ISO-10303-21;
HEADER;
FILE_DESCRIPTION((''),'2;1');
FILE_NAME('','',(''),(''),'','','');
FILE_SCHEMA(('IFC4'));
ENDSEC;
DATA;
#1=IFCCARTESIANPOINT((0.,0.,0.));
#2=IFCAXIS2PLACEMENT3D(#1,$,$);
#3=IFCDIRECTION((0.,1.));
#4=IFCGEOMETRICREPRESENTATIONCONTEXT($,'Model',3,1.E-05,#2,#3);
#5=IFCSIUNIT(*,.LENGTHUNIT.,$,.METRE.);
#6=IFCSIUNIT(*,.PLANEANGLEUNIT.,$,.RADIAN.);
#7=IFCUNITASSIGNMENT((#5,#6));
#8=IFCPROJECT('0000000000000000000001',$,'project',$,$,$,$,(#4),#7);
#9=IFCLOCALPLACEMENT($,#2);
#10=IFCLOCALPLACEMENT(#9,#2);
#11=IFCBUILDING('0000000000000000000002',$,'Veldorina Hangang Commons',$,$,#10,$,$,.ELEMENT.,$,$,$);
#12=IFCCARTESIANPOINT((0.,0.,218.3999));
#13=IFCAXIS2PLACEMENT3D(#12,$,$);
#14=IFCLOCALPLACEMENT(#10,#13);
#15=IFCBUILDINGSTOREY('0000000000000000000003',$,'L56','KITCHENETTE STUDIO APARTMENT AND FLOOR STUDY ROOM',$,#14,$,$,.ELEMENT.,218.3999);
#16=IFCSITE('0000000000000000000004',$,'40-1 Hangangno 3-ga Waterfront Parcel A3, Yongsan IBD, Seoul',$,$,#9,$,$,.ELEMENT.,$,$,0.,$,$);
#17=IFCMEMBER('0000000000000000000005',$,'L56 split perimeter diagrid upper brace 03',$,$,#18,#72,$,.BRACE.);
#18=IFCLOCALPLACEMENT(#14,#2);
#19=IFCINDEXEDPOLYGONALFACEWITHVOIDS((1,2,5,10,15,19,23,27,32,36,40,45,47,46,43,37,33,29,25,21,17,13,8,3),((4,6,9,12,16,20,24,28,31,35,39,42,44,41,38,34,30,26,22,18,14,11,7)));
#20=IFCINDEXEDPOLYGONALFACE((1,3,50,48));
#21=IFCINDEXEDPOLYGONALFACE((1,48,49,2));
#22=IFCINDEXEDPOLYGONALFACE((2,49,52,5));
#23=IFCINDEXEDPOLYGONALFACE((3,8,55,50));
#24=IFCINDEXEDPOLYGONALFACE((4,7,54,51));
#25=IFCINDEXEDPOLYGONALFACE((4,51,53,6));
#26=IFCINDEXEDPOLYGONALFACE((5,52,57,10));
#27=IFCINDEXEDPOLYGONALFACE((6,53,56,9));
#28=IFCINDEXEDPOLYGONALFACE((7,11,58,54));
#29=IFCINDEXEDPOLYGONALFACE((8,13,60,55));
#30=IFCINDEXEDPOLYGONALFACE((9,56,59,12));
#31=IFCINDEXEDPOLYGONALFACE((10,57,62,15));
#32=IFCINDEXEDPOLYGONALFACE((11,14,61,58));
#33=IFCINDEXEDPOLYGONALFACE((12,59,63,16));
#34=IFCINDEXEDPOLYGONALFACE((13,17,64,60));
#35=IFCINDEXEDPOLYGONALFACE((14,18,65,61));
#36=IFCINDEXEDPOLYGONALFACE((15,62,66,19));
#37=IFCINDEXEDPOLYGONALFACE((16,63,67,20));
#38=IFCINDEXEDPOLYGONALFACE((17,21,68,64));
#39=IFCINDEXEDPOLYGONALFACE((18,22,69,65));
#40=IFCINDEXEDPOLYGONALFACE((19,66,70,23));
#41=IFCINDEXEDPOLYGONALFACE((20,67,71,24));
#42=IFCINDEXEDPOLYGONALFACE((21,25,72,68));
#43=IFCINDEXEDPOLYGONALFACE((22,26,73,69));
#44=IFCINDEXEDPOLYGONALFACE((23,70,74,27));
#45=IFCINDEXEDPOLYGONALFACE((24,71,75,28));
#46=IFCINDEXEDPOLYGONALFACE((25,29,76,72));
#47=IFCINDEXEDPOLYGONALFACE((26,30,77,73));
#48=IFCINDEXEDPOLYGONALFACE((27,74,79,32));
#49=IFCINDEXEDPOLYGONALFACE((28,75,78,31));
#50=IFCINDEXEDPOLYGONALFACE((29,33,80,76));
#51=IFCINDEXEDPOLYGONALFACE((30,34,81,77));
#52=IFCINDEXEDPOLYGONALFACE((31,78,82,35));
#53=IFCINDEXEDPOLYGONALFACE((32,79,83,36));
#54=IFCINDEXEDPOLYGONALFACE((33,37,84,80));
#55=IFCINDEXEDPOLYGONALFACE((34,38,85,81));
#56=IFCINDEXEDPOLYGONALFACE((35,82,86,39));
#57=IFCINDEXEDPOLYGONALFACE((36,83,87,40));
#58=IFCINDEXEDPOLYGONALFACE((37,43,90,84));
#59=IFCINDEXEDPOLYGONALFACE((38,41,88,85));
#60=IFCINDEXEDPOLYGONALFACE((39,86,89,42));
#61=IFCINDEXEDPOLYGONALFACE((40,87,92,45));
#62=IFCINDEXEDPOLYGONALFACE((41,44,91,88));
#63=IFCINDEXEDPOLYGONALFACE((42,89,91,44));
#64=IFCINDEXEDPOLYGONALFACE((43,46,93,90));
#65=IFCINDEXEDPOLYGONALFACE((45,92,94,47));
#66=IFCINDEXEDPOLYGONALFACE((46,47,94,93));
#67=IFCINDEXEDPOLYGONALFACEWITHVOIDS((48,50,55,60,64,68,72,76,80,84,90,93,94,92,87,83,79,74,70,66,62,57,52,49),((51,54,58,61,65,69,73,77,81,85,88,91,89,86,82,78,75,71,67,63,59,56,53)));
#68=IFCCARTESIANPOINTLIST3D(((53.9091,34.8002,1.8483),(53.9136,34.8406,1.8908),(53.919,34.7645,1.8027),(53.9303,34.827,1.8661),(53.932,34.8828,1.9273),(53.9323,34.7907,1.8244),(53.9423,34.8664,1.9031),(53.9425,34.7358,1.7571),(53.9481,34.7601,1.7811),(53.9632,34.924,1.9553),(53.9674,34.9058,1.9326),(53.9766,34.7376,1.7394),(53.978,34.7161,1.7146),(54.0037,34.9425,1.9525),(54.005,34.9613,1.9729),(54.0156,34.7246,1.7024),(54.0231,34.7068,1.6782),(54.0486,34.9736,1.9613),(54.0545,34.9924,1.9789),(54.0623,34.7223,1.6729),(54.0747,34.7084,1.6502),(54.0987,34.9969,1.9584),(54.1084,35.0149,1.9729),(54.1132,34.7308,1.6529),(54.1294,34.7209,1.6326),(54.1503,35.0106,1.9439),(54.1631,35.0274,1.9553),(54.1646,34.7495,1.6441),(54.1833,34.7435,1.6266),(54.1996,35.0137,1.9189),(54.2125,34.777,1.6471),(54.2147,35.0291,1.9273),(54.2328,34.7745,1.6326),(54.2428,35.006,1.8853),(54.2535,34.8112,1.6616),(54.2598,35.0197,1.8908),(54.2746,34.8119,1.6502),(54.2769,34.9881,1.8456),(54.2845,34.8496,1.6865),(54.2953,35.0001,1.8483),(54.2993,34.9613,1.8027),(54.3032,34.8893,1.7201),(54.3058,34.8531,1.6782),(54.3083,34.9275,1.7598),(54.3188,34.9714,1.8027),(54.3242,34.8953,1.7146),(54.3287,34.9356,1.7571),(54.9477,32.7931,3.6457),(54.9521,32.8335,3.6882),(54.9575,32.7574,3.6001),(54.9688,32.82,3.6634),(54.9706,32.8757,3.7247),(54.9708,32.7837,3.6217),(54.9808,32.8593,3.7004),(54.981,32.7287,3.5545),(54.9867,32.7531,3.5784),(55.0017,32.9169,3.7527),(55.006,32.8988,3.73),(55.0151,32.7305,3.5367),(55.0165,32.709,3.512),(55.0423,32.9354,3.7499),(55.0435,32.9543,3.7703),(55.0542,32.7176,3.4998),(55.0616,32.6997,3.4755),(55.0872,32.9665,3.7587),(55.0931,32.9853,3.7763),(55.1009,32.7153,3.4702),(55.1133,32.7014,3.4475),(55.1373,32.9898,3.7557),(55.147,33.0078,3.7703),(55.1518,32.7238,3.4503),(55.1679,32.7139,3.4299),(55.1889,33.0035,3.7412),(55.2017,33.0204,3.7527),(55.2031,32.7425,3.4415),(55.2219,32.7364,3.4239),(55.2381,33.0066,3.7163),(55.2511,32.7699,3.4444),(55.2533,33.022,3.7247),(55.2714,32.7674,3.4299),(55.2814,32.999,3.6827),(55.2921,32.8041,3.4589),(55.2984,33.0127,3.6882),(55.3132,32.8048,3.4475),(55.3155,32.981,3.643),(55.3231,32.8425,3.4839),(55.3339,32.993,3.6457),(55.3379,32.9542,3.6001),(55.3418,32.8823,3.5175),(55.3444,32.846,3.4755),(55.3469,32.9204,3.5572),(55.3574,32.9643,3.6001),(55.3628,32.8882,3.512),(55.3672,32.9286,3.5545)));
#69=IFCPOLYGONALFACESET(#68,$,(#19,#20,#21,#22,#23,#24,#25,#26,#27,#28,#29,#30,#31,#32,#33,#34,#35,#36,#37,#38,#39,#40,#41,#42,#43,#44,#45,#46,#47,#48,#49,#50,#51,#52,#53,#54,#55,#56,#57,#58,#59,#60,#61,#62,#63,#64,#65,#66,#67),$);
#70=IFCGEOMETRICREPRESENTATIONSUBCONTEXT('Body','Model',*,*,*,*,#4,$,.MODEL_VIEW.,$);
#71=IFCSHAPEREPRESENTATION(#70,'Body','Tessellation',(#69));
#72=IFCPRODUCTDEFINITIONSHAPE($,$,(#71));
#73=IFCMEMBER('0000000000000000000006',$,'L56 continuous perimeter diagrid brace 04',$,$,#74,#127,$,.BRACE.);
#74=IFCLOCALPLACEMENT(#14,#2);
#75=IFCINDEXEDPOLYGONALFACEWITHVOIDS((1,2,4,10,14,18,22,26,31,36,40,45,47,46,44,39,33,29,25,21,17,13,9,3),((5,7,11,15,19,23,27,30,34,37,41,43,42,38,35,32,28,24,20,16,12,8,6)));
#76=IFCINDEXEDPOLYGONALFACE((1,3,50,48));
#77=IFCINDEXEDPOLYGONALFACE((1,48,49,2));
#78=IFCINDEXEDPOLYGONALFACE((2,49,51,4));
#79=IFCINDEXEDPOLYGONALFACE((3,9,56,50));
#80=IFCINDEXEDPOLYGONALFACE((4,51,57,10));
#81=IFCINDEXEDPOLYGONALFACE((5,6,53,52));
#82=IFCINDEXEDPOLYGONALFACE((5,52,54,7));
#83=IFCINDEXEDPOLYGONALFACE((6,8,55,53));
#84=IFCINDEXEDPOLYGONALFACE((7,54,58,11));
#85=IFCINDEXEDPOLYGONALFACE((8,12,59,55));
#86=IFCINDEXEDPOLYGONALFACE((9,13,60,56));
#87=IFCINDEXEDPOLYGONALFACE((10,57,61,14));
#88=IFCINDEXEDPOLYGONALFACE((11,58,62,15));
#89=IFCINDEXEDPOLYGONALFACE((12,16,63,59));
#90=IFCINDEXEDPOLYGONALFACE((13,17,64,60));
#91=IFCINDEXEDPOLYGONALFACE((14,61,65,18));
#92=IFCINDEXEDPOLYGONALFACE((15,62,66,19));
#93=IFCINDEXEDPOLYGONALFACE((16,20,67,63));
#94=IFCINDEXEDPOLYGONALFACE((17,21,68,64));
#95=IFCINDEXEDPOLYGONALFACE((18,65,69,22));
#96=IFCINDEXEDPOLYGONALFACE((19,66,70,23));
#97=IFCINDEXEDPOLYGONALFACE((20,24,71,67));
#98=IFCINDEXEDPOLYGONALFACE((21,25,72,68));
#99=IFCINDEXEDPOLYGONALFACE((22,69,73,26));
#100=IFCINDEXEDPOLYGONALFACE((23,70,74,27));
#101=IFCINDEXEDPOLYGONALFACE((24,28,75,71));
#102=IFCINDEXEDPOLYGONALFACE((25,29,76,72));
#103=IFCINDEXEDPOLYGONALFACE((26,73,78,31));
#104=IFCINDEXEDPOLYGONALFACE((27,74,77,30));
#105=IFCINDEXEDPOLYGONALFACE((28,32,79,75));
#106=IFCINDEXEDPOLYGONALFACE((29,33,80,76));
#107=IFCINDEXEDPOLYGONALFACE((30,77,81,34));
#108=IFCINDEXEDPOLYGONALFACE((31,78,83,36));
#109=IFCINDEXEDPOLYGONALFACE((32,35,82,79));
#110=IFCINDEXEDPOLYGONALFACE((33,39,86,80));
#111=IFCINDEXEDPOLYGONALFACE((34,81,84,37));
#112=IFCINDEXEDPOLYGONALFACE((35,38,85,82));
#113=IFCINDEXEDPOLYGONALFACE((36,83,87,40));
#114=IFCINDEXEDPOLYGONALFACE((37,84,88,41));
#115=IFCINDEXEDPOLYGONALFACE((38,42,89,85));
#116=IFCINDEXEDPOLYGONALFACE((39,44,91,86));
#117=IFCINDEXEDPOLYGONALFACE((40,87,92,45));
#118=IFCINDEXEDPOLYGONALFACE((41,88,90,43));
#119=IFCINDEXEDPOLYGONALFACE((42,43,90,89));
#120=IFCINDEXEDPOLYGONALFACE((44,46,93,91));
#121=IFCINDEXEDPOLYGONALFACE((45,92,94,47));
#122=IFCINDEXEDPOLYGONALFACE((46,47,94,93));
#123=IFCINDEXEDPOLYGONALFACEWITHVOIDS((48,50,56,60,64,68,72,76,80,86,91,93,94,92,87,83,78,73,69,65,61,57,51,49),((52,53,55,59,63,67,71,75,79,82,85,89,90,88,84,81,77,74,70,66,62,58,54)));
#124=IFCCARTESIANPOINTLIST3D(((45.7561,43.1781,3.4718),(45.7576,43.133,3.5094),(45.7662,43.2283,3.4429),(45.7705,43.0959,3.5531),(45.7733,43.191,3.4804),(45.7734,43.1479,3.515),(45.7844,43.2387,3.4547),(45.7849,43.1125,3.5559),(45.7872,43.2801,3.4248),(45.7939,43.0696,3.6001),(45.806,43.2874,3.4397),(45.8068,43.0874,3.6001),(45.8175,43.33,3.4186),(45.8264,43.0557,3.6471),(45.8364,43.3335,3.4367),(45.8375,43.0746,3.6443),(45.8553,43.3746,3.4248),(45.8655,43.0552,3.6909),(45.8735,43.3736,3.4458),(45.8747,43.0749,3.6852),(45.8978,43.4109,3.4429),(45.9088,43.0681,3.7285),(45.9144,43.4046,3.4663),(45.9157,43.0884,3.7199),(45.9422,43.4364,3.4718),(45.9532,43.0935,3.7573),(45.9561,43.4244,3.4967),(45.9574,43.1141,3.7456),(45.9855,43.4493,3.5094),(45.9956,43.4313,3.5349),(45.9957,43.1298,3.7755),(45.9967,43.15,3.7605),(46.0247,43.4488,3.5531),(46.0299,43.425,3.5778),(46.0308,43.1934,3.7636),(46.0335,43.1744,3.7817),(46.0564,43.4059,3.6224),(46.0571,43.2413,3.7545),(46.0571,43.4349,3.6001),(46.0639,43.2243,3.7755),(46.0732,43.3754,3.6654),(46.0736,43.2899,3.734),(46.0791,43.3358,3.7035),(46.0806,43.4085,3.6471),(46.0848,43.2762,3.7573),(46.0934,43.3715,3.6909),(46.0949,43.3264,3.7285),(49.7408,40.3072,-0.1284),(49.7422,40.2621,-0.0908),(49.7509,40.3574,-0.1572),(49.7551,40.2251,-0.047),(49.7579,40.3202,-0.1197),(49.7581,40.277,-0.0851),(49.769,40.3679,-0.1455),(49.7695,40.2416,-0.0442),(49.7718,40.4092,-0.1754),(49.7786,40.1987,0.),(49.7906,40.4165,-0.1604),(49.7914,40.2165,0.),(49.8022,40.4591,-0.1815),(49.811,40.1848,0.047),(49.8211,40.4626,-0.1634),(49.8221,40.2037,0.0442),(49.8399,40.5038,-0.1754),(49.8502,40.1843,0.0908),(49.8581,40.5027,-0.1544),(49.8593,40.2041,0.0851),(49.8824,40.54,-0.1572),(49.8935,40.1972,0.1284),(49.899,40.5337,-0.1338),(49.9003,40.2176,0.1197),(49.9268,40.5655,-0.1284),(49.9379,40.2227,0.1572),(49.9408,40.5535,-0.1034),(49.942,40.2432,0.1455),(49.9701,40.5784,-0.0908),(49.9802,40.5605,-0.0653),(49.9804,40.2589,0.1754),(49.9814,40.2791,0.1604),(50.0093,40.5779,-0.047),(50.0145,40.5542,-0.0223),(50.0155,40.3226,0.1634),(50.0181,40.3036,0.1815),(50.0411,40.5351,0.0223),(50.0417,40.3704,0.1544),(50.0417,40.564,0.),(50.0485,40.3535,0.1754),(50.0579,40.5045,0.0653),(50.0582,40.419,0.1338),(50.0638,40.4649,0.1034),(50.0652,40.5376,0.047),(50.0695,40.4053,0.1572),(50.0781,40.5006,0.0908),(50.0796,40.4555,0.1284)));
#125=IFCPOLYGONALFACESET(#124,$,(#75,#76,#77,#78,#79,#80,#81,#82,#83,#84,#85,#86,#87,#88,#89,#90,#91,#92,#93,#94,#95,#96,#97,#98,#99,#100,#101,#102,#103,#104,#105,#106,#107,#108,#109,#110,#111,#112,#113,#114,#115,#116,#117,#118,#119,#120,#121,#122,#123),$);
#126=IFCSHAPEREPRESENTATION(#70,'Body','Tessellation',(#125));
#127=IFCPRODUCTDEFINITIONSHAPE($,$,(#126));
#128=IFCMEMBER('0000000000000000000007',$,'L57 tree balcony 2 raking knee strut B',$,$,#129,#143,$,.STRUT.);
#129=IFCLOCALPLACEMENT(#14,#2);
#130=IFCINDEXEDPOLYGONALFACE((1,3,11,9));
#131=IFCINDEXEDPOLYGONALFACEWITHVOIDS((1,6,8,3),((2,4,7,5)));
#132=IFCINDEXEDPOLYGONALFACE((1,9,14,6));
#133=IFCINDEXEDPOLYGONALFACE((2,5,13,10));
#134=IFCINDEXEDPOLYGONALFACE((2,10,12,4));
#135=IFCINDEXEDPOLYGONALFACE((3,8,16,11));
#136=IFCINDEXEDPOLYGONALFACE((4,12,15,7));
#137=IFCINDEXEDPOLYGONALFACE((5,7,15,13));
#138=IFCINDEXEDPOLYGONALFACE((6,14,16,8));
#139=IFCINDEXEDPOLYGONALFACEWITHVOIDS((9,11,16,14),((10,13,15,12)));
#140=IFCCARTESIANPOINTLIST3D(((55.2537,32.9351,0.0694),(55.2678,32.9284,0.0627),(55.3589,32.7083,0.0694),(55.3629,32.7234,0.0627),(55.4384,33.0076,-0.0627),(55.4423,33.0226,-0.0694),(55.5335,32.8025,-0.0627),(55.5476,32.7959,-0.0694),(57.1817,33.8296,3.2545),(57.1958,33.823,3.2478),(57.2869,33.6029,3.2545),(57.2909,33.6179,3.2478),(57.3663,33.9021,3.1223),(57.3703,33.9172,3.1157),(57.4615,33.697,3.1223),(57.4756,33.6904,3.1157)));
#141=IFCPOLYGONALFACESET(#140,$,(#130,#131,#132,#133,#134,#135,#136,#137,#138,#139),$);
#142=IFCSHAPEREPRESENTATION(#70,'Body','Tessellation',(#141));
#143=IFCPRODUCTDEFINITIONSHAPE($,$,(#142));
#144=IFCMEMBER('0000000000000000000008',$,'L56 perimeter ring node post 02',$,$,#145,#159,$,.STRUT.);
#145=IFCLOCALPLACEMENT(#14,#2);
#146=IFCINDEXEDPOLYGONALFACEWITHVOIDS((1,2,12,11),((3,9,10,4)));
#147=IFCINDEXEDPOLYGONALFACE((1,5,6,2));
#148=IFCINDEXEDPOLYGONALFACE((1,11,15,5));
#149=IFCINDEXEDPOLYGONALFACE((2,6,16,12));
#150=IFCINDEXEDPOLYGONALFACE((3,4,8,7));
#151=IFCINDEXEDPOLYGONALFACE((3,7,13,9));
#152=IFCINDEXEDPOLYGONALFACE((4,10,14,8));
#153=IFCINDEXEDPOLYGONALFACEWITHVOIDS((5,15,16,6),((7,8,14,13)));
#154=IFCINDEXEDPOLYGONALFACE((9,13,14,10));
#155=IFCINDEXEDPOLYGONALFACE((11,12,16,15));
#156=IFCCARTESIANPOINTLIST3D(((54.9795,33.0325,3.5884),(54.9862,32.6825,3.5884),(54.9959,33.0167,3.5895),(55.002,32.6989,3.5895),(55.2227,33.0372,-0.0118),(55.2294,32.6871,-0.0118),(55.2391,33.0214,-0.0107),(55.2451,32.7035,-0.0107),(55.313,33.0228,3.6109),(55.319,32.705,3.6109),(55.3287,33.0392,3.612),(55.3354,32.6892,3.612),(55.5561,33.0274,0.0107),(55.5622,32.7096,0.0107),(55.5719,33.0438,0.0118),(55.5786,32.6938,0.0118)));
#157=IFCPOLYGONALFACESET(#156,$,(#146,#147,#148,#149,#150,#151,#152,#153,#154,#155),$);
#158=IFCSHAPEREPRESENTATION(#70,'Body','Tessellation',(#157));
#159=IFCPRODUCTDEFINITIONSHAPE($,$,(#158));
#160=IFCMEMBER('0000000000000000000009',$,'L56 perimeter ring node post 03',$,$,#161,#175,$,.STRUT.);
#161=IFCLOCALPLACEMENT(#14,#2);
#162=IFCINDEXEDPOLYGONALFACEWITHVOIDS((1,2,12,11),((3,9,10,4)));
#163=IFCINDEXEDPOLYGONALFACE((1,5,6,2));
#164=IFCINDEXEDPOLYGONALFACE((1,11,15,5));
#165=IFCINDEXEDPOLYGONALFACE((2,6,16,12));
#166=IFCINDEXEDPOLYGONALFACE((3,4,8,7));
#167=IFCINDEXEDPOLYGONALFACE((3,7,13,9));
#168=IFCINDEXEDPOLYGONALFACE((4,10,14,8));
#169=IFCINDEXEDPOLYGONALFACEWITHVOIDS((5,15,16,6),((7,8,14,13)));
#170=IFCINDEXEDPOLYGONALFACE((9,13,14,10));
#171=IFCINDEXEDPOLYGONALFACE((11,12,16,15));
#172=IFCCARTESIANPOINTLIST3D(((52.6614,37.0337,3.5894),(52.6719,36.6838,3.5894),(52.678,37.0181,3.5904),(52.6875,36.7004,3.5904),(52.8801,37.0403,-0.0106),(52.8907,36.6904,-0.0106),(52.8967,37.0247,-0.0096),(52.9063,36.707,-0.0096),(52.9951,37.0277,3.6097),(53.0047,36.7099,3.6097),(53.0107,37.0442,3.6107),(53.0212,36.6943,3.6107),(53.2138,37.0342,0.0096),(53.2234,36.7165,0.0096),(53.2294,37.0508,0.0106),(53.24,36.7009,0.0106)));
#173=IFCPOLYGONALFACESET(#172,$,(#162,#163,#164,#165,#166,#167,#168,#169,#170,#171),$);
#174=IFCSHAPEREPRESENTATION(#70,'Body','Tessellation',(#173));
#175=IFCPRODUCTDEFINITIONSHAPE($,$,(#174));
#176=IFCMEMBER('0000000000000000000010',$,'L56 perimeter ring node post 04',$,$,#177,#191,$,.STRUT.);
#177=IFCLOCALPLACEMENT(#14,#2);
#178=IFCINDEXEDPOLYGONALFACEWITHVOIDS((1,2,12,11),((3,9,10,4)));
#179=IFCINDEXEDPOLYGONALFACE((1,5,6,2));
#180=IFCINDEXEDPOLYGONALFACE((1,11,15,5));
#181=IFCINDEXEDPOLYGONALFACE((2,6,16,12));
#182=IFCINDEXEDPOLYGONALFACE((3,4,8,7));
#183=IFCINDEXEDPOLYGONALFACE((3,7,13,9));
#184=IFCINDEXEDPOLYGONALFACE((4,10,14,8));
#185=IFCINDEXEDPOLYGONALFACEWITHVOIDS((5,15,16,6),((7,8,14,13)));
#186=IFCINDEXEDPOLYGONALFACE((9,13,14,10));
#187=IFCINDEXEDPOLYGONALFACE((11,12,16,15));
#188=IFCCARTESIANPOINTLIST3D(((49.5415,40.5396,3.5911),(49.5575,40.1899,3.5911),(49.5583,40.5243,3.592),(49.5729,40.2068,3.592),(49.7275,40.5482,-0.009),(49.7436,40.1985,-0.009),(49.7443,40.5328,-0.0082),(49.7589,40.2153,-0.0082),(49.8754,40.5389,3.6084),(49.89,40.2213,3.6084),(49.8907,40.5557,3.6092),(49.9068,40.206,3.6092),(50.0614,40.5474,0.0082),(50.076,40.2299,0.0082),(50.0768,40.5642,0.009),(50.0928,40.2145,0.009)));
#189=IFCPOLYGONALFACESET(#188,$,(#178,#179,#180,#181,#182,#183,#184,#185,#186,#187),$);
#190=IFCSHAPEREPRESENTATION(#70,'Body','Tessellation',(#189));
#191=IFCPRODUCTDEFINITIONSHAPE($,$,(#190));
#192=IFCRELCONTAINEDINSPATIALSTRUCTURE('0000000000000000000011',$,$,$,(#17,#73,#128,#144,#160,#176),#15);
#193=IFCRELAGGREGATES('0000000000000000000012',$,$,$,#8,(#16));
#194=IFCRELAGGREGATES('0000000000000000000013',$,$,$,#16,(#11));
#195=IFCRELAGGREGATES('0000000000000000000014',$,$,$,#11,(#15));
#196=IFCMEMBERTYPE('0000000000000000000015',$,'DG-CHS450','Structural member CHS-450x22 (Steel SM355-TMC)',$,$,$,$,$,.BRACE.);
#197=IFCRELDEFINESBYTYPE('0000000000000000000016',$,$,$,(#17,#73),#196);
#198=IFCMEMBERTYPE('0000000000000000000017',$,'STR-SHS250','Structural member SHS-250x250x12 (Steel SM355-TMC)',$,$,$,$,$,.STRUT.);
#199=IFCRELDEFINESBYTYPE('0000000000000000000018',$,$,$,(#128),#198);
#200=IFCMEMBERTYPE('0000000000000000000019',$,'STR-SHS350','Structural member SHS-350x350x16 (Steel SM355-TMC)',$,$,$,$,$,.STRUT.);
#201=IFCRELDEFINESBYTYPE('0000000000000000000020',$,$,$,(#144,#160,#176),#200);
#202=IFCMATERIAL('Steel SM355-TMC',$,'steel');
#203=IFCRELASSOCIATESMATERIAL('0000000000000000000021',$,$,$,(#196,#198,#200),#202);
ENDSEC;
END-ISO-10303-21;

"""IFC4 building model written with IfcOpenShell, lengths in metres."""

from ifc_helpers import new_model, si_unit, direction, frame, origin, origin_2d, place, context, subcontext, project, spatial, hollow_rectangle, hollow_circle, extrude, material, material_profile, profile_set, type_object, element, save


model = new_model("IFC4")

# Units and contexts
model_context = context("Model", 3, precision=1e-05, world=origin(), true_north=direction((0.0, 1.0)))
body_context = subcontext(model_context, "Body", "Model", "MODEL_VIEW")
ifc_project = project(units=[si_unit("LENGTHUNIT", "METRE"), si_unit("PLANEANGLEUNIT", "RADIAN")], contexts=[model_context])

# Site, building, storey
site_placement = place(None, origin())
site = spatial("IfcSite", under=ifc_project, at=site_placement, Name="40-1 Hangangno 3-ga Waterfront Parcel A3, Yongsan IBD, Seoul", CompositionType="ELEMENT", RefElevation=0.0)
building_placement = place(site_placement, origin())
building = spatial("IfcBuilding", under=site, at=building_placement, Name="Veldorina Hangang Commons", CompositionType="ELEMENT")
storey_placement = place(building_placement, frame((0.0, 0.0, 218.3999)))
storey = spatial("IfcBuildingStorey", under=building, at=storey_placement, Name="L56", Description="KITCHENETTE STUDIO APARTMENT AND FLOOR STUDY ROOM", CompositionType="ELEMENT", Elevation=218.3999)

# Shared definitions
ifc_material_1 = material(Name="Steel SM355-TMC", Category="steel")

# Members
ifc_material_profile_1 = material_profile(ifc_material_1, hollow_circle(Radius=0.2251, WallThickness=0.022, at=origin_2d()), Name="CHS-450x22")
ifc_profile_set_1 = profile_set([ifc_material_profile_1], Name="Steel SM355-TMC")
member_type_1 = type_object("IfcMemberType", Name="DG-CHS450", Description="Structural member CHS-450x22 (Steel SM355-TMC)", PredefinedType="BRACE", material=ifc_profile_set_1)
member_1_placement = place(storey_placement, frame((54.1189, 34.8679, 1.8027), z_axis=(0.359682, -0.695098, 0.622468), x_axis=(0.88814, 0.459573, 0.0)))
element("IfcMember", 1, at=member_1_placement, inside=storey, type_object=member_type_1, Name="L56 split perimeter diagrid upper brace 03", PredefinedType="BRACE", context=body_context, shape_type="SweptSolid", body=[
    extrude(hollow_circle(Radius=0.2251, WallThickness=0.022, at=origin_2d()), origin(), (0.0, 0.0, 1.0), 2.8875),
])
member_2_placement = place(storey_placement, frame((49.9102, 40.3813, 0.0), z_axis=(-0.654363, 0.471457, 0.591216), x_axis=(-0.584563, -0.811349, 0.0)))
element("IfcMember", 2, at=member_2_placement, inside=storey, type_object=member_type_1, Name="L56 continuous perimeter diagrid brace 04", PredefinedType="BRACE", context=body_context, shape_type="SweptSolid", body=[
    extrude(hollow_circle(Radius=0.2251, WallThickness=0.022, at=origin_2d()), origin(), (0.0, 0.0, 1.0), 6.0894),
])
ifc_material_profile_2 = material_profile(ifc_material_1, hollow_rectangle(XDim=0.25, YDim=0.25, WallThickness=0.012, at=origin_2d()), Name="SHS-250x250x12")
ifc_profile_set_2 = profile_set([ifc_material_profile_2], Name="Steel SM355-TMC")
member_type_2 = type_object("IfcMemberType", Name="STR-SHS250", Description="Structural member SHS-250x250x12 (Steel SM355-TMC)", PredefinedType="STRUT", material=ifc_profile_set_2)
member_3_placement = place(storey_placement, frame((55.4006, 32.8655, 0.0), z_axis=(0.503509, 0.233615, 0.831807), x_axis=(-0.420878, 0.907117, 0.0)))
element("IfcMember", 3, at=member_3_placement, inside=storey, type_object=member_type_2, Name="L57 tree balcony 2 raking knee strut B", PredefinedType="STRUT", context=body_context, shape_type="SweptSolid", body=[
    extrude(hollow_rectangle(XDim=0.25, YDim=0.25, WallThickness=0.012, at=origin_2d()), origin(), (0.0, 0.0, 1.0), 3.8291),
])
ifc_material_profile_3 = material_profile(ifc_material_1, hollow_rectangle(XDim=0.3501, YDim=0.3501, WallThickness=0.0161, at=origin_2d()), Name="SHS-350x350x16")
ifc_profile_set_3 = profile_set([ifc_material_profile_3], Name="Steel SM355-TMC")
member_type_3 = type_object("IfcMemberType", Name="STR-SHS350", Description="Structural member SHS-350x350x16 (Steel SM355-TMC)", PredefinedType="STRUT", material=ifc_profile_set_3)
member_4_placement = place(storey_placement, frame((55.4006, 32.8655, 0.0), z_axis=(-0.06739, -0.001286, 0.997726), x_axis=(0.019073, -0.999818, 0.0)))
element("IfcMember", 4, at=member_4_placement, inside=storey, type_object=member_type_3, Name="L56 perimeter ring node post 02", PredefinedType="STRUT", context=body_context, shape_type="SweptSolid", body=[
    extrude(hollow_rectangle(XDim=0.3501, YDim=0.3501, WallThickness=0.0161, at=origin_2d()), origin(), (0.0, 0.0, 1.0), 3.6084),
])
member_5_placement = place(storey_placement, frame((53.0601, 36.8706, 0.0), z_axis=(-0.06065, -0.001828, 0.998157), x_axis=(0.03012, -0.999546, 0.0)))
element("IfcMember", 5, at=member_5_placement, inside=storey, type_object=member_type_3, Name="L56 perimeter ring node post 03", PredefinedType="STRUT", context=body_context, shape_type="SweptSolid", body=[
    extrude(hollow_rectangle(XDim=0.3501, YDim=0.3501, WallThickness=0.0161, at=origin_2d()), origin(), (0.0, 0.0, 1.0), 3.6067),
])
member_6_placement = place(storey_placement, frame((49.9102, 40.3813, 0.0), z_axis=(-0.051606, -0.00237, 0.998665), x_axis=(0.045883, -0.998947, 0.0)))
element("IfcMember", 6, at=member_6_placement, inside=storey, type_object=member_type_3, Name="L56 perimeter ring node post 04", PredefinedType="STRUT", context=body_context, shape_type="SweptSolid", body=[
    extrude(hollow_rectangle(XDim=0.3501, YDim=0.3501, WallThickness=0.0161, at=origin_2d()), origin(), (0.0, 0.0, 1.0), 3.605),
])

save(model, "model.ifc")
